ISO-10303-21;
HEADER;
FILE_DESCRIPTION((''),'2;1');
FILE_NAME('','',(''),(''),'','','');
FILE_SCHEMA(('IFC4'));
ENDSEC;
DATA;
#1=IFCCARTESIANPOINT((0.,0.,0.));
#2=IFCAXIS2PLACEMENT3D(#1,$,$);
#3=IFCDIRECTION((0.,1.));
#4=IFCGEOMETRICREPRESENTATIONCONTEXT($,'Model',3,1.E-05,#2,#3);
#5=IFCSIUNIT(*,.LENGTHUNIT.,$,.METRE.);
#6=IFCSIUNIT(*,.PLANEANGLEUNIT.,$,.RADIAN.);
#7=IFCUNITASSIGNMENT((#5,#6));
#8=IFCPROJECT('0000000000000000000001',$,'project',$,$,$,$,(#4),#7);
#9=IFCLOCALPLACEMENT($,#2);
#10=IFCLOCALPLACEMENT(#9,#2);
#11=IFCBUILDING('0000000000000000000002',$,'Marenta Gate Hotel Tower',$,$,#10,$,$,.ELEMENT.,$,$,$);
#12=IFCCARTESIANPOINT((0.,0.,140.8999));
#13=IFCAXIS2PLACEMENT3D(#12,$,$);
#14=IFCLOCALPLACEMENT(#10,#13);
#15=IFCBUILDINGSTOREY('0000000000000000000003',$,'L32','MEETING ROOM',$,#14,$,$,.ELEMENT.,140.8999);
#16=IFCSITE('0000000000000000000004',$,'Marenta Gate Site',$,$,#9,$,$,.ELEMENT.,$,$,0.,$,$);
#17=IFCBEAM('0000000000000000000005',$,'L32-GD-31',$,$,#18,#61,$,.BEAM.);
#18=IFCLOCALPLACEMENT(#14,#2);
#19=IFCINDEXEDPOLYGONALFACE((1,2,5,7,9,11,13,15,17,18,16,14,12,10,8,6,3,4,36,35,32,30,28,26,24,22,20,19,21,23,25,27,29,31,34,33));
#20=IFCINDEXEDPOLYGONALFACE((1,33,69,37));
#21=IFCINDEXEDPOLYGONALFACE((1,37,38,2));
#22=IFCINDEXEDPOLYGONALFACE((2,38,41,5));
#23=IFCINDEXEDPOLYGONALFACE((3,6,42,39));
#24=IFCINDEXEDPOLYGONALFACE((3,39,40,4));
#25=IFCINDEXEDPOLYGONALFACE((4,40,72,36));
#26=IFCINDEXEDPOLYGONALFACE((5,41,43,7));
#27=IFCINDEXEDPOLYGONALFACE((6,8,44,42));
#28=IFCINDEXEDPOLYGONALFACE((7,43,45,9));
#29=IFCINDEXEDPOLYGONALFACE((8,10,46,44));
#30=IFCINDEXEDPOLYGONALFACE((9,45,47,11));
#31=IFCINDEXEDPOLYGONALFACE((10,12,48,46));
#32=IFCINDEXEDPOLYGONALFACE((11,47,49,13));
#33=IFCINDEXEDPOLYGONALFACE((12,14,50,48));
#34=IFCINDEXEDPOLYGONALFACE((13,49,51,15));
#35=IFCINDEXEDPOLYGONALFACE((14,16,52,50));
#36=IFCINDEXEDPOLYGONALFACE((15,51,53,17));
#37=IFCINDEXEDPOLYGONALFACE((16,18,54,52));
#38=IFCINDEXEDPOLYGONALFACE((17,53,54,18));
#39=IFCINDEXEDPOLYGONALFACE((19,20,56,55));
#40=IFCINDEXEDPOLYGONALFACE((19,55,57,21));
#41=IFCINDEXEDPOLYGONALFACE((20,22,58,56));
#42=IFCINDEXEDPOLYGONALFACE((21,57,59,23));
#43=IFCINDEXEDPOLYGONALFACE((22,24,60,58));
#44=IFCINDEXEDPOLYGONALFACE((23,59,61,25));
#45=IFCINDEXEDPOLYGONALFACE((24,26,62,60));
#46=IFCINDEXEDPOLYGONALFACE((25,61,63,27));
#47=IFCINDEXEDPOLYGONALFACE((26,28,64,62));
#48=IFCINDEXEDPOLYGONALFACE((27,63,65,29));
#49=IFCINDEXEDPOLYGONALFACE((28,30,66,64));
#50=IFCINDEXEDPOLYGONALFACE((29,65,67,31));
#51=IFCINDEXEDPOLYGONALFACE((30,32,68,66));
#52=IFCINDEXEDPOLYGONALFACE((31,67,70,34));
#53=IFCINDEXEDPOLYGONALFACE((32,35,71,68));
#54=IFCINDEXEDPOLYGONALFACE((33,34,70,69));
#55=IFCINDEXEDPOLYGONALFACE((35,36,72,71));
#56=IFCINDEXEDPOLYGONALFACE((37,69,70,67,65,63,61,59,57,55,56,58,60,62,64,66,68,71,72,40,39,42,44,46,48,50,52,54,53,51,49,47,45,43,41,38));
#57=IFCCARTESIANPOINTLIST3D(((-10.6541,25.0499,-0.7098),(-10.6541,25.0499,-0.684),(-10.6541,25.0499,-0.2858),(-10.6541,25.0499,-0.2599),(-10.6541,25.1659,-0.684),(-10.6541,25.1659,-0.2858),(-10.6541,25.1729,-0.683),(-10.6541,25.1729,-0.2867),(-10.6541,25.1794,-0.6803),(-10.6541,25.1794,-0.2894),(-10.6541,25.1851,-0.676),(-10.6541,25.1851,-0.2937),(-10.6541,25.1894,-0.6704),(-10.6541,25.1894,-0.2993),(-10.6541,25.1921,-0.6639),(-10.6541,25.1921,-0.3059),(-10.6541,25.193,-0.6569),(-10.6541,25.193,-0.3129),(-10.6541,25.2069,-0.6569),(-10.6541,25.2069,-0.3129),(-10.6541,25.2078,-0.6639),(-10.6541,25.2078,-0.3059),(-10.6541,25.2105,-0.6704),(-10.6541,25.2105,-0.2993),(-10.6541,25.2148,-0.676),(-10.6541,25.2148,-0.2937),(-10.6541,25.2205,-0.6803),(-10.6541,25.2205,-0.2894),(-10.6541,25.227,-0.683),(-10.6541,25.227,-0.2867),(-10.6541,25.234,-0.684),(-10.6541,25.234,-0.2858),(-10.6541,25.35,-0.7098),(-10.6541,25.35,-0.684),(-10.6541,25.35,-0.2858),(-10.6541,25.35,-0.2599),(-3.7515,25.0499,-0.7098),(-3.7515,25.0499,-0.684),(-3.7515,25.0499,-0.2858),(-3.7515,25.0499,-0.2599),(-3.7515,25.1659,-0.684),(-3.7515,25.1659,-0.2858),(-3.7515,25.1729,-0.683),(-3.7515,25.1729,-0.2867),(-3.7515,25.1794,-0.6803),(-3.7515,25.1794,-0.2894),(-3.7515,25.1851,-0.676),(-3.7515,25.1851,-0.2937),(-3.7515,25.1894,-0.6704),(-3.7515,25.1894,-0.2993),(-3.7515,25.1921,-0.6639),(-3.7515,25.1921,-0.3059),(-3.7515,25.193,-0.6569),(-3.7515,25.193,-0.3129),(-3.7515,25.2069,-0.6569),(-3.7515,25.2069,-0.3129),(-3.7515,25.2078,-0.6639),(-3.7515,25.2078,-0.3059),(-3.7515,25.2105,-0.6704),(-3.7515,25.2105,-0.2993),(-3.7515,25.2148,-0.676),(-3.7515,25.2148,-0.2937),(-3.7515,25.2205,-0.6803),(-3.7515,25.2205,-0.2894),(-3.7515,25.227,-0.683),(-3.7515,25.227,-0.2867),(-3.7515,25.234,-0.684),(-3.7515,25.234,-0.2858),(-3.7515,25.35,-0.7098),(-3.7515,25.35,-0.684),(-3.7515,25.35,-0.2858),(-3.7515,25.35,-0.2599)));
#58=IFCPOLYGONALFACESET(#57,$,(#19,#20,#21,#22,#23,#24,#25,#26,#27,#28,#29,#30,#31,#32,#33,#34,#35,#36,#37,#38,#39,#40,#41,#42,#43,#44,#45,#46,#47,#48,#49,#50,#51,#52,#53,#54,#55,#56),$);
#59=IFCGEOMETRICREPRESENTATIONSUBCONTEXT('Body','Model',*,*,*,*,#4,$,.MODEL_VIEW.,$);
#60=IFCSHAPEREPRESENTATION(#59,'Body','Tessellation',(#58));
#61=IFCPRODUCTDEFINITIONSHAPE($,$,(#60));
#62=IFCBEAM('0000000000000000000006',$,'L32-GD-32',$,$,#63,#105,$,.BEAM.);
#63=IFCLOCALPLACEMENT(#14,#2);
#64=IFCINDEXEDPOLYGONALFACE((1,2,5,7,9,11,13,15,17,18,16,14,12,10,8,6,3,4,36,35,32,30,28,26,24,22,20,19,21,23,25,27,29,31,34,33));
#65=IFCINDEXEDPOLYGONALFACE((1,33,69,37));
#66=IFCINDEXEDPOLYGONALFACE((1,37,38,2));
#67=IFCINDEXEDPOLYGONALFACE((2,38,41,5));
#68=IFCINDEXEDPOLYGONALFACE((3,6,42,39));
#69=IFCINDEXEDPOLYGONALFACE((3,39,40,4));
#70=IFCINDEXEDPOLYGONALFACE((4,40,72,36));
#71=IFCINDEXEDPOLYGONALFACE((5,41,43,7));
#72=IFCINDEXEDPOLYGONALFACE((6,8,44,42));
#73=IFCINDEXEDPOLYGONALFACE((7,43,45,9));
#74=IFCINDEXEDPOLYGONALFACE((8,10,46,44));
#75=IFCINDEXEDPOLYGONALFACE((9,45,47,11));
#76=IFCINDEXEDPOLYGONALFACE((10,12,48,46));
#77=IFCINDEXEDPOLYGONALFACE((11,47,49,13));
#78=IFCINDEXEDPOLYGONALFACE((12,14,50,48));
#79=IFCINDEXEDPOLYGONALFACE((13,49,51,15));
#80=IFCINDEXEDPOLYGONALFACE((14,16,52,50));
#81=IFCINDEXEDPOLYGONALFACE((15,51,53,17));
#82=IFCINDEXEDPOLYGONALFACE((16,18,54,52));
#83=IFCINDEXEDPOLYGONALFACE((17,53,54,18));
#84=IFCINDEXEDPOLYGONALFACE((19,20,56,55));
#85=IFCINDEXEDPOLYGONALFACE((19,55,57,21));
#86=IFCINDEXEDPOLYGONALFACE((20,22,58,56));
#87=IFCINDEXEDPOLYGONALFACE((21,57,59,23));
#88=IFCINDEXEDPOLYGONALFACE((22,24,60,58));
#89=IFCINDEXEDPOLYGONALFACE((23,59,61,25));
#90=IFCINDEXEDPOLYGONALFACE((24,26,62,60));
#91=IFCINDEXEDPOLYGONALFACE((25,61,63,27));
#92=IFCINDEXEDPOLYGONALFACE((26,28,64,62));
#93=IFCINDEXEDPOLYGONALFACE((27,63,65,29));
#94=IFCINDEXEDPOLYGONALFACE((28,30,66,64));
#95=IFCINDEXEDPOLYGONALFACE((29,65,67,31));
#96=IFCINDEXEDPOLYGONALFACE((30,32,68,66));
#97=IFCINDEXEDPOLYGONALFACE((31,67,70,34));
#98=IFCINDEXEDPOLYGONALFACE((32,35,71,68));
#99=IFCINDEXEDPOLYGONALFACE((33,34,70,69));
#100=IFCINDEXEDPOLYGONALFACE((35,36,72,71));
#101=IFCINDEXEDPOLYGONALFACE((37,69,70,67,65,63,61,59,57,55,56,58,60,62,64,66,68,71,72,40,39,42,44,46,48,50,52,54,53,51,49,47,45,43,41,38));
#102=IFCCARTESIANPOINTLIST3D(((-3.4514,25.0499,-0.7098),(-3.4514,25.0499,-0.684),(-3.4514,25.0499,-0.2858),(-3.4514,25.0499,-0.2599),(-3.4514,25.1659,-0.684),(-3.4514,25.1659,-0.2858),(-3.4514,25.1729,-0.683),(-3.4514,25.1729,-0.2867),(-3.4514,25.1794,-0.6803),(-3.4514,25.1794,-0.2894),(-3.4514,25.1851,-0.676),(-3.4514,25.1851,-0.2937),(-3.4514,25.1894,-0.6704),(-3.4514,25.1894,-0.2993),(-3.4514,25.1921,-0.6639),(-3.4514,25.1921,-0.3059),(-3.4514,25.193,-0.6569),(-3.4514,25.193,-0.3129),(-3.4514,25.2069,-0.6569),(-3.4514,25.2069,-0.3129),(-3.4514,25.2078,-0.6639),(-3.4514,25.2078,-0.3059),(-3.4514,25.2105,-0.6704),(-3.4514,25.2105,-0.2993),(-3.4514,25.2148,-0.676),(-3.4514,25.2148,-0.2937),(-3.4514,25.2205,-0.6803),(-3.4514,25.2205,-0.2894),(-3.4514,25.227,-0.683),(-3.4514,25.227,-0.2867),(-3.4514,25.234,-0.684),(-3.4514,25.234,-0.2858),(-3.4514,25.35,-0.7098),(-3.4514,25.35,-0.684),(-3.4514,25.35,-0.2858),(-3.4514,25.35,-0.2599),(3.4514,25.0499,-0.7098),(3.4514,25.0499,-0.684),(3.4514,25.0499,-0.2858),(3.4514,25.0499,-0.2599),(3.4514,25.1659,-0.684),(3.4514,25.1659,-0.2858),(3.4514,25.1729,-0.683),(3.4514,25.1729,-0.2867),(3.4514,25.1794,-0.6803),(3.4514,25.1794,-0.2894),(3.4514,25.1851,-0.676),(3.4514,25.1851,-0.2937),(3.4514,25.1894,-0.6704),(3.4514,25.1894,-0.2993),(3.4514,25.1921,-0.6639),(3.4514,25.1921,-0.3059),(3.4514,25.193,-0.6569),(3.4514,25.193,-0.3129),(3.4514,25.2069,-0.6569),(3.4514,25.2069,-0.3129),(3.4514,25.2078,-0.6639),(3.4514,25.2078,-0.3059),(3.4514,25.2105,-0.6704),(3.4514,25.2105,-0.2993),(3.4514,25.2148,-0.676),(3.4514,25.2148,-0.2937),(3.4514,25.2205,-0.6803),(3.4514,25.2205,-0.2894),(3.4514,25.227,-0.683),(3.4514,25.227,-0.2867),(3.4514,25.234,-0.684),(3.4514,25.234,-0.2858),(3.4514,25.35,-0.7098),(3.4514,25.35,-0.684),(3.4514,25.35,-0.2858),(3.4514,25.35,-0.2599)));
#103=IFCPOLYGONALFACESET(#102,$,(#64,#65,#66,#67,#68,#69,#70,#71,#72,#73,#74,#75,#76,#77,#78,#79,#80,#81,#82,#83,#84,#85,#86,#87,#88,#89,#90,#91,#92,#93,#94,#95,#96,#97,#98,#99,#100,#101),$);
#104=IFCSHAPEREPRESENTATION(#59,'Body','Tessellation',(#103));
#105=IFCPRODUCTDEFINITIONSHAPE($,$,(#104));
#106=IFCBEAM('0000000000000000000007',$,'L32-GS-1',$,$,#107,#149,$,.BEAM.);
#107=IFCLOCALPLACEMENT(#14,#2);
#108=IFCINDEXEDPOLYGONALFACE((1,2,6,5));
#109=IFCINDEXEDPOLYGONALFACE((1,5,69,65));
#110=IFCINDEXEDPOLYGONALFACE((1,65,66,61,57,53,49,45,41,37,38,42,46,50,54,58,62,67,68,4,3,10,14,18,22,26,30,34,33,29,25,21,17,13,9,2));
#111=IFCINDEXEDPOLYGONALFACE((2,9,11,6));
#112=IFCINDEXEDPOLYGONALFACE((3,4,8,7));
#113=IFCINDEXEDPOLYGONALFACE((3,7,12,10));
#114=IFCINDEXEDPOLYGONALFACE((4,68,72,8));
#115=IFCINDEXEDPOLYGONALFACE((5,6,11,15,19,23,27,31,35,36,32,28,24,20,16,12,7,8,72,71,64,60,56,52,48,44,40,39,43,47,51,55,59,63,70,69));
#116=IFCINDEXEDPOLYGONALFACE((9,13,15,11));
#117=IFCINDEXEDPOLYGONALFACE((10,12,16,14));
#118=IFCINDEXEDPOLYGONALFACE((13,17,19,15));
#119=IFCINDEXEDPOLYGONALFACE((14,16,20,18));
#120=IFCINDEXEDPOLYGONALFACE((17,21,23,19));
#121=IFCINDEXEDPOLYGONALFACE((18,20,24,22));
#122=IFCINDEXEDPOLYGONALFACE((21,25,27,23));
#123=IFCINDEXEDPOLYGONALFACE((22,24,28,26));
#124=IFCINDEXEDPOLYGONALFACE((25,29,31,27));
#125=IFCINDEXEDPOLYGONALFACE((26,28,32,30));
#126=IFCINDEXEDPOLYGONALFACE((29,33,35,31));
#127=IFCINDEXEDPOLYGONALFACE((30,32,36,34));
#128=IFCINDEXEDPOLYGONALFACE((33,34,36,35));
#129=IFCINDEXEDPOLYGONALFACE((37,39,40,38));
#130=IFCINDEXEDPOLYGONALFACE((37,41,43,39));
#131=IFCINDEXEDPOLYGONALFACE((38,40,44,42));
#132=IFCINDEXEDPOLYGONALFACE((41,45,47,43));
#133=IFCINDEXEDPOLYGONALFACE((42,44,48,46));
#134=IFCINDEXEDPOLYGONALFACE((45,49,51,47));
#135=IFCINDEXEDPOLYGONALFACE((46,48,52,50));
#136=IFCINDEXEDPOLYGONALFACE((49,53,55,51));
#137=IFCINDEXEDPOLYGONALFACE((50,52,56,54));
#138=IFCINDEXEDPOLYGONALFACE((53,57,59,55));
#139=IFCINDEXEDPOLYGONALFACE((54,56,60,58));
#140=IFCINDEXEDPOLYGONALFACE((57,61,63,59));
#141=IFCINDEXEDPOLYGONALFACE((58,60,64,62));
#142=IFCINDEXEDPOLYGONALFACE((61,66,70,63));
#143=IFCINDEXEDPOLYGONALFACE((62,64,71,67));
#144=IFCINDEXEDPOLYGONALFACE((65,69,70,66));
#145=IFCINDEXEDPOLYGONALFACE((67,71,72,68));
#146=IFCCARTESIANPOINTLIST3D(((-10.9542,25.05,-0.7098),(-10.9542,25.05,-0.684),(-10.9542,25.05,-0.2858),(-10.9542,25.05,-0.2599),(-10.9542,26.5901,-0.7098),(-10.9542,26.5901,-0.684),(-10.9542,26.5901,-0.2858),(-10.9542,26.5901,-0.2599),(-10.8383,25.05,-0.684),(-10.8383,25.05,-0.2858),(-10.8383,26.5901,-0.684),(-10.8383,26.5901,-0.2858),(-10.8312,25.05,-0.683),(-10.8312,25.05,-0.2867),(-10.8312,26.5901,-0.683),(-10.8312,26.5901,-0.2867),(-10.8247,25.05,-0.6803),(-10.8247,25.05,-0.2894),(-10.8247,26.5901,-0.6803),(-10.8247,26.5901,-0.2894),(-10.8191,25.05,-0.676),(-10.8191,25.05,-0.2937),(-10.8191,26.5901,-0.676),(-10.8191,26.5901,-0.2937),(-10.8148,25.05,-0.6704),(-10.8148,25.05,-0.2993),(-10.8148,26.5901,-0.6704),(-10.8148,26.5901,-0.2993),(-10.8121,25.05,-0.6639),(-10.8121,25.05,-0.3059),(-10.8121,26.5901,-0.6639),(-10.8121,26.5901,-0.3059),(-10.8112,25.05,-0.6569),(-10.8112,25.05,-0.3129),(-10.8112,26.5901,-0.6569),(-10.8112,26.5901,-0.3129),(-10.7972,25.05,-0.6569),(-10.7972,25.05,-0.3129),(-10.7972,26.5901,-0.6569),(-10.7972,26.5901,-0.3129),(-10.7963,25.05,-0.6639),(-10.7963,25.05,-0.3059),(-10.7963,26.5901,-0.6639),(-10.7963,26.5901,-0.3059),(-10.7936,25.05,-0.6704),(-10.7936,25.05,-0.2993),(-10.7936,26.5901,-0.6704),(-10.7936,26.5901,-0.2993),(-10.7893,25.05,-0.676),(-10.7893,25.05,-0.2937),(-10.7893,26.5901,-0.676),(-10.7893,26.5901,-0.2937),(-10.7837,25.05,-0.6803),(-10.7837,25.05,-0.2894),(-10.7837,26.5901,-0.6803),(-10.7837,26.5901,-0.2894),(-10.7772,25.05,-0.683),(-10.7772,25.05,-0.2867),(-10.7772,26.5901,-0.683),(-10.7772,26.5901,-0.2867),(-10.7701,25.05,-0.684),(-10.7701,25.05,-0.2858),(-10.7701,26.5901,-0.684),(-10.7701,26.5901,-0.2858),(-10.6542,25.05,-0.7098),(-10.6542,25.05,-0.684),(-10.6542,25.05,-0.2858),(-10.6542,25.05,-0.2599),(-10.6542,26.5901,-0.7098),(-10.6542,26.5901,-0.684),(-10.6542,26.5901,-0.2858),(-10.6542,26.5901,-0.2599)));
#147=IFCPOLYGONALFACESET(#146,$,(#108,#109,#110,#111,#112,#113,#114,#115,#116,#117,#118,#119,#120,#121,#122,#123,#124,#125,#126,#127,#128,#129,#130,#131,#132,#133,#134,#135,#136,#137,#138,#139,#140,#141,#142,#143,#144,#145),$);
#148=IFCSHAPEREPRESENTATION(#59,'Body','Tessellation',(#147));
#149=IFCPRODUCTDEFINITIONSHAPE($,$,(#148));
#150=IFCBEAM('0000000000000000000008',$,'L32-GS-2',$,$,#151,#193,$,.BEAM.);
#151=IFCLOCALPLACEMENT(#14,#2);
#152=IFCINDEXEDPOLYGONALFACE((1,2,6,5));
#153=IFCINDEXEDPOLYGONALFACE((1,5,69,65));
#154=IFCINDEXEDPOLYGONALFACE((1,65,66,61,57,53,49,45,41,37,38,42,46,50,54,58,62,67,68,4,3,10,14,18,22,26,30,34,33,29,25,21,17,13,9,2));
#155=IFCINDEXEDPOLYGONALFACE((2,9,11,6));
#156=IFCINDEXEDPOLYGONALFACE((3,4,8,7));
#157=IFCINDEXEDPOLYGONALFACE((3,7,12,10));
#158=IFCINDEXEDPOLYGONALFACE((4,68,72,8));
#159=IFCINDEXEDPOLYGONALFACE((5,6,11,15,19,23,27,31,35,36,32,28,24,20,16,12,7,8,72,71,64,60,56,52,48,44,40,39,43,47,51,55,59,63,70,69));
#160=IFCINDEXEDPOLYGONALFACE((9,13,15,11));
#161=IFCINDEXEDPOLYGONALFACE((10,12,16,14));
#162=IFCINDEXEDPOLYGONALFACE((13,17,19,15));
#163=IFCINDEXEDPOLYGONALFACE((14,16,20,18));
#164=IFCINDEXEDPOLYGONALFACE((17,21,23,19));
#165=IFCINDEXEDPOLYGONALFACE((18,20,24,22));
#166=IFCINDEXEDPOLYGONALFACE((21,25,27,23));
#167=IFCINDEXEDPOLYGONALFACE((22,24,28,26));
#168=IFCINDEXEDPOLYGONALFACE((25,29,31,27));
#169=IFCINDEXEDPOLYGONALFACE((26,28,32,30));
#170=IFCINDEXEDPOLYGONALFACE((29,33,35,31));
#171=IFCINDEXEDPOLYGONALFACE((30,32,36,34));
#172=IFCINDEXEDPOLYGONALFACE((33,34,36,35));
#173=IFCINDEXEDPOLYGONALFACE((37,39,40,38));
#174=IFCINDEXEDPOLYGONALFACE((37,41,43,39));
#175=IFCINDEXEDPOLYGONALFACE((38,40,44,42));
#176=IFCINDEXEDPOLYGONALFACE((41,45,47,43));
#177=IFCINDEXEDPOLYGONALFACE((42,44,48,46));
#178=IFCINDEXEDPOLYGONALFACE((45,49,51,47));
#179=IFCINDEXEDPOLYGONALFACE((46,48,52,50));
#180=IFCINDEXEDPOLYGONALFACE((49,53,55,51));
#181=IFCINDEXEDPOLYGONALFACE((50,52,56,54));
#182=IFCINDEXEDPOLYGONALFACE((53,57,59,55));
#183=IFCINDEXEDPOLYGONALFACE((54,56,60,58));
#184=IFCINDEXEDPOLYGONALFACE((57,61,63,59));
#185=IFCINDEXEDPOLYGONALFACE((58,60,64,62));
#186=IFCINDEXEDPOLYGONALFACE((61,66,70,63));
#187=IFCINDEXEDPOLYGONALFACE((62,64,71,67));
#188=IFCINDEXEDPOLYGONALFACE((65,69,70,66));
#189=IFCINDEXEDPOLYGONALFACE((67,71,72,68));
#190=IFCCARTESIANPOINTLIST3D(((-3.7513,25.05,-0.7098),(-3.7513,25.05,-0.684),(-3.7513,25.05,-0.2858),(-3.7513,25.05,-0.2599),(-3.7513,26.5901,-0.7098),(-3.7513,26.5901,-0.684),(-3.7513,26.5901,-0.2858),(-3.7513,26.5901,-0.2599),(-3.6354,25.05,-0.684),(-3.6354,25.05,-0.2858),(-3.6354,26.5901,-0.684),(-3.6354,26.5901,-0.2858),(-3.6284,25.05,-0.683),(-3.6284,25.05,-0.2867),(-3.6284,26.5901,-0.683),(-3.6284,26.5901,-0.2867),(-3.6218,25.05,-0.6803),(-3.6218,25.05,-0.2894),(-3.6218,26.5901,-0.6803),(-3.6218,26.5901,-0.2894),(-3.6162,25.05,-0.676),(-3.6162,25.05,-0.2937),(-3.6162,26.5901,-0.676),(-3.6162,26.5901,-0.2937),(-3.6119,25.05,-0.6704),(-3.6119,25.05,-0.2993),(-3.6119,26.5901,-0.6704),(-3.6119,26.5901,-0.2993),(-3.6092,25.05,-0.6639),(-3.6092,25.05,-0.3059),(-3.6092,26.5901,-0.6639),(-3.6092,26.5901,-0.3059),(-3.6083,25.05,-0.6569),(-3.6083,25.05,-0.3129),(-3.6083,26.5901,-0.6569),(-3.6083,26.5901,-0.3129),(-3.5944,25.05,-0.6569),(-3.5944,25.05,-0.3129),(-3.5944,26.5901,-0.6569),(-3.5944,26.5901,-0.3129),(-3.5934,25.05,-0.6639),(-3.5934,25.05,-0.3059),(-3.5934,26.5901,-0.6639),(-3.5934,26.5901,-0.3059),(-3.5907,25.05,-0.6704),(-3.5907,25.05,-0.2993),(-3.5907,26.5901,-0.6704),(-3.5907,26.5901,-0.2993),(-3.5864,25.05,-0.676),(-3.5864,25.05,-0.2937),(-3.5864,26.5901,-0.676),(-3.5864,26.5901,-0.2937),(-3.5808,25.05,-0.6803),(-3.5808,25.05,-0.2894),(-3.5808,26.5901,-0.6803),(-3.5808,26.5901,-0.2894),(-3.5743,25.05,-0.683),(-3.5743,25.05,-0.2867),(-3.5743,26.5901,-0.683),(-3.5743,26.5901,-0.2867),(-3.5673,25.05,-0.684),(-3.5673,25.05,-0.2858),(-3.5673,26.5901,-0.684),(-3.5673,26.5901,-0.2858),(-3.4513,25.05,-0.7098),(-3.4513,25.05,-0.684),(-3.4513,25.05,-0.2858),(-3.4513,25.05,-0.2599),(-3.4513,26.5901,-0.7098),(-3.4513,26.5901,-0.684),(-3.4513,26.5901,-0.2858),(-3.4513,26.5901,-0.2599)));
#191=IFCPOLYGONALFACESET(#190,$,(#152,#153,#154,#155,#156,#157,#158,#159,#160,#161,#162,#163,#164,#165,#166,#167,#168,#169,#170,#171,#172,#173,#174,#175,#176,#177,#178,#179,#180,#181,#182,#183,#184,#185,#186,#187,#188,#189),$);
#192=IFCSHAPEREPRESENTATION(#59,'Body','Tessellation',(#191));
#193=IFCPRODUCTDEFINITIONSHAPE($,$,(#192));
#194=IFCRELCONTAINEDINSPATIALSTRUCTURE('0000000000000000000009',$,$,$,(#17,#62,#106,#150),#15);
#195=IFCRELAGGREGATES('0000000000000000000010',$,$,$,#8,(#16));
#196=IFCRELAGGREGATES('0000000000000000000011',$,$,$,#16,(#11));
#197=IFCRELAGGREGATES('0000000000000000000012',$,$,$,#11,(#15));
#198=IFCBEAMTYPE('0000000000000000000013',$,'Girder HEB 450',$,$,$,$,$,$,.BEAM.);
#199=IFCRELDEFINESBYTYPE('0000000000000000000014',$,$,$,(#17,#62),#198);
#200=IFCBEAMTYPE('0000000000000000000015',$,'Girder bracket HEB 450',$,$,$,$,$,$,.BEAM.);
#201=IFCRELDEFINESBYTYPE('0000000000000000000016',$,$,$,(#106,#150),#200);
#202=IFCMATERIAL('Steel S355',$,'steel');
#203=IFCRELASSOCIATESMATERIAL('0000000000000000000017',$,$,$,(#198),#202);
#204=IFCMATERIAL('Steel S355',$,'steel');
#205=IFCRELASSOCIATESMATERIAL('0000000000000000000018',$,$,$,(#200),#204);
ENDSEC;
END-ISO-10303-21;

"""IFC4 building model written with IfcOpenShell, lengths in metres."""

from ifc_helpers import new_model, si_unit, direction, frame, origin, origin_2d, place, context, subcontext, project, spatial, i_section, extrude, material, material_profile, profile_set, type_object, element, save


model = new_model("IFC4")

# Units and contexts
model_context = context("Model", 3, precision=1e-05, world=origin(), true_north=direction((0.0, 1.0)))
body_context = subcontext(model_context, "Body", "Model", "MODEL_VIEW")
ifc_project = project(units=[si_unit("LENGTHUNIT", "METRE"), si_unit("PLANEANGLEUNIT", "RADIAN")], contexts=[model_context])

# Site, building, storey
site_placement = place(None, origin())
site = spatial("IfcSite", under=ifc_project, at=site_placement, Name="Marenta Gate Site", CompositionType="ELEMENT", RefElevation=0.0)
building_placement = place(site_placement, origin())
building = spatial("IfcBuilding", under=site, at=building_placement, Name="Marenta Gate Hotel Tower", CompositionType="ELEMENT")
storey_placement = place(building_placement, frame((0.0, 0.0, 140.8999)))
storey = spatial("IfcBuildingStorey", under=building, at=storey_placement, Name="L32", Description="MEETING ROOM", CompositionType="ELEMENT", Elevation=140.8999)

# Beams
ifc_material_1 = material(Name="Steel S355", Category="steel")
ifc_material_profile_1 = material_profile(ifc_material_1, i_section(OverallWidth=0.3, OverallDepth=0.45, WebThickness=0.0139, FlangeThickness=0.0259, FilletRadius=0.0271, at=origin_2d()), Name="HEB 450")
ifc_profile_set_1 = profile_set([ifc_material_profile_1], Name="Steel S355")
beam_type_1 = type_object("IfcBeamType", Name="Girder HEB 450", PredefinedType="BEAM", material=ifc_profile_set_1)
beam_1_placement = place(storey_placement, frame((-10.6541, 25.2, -0.4849), z_axis=(1.0, 0.0, 0.0), x_axis=(0.0, 1.0, 0.0)))
element("IfcBeam", 1, at=beam_1_placement, inside=storey, type_object=beam_type_1, Name="L32-GD-31", PredefinedType="BEAM", context=body_context, shape_type="SweptSolid", body=[
    extrude(i_section(OverallWidth=0.3, OverallDepth=0.45, WebThickness=0.0139, FlangeThickness=0.0259, FilletRadius=0.0271, at=origin_2d()), origin(), (0.0, 0.0, 1.0), 6.9026),
])
beam_2_placement = place(storey_placement, frame((-3.4514, 25.2, -0.4849), z_axis=(1.0, 0.0, 0.0), x_axis=(0.0, 1.0, 0.0)))
element("IfcBeam", 2, at=beam_2_placement, inside=storey, type_object=beam_type_1, Name="L32-GD-32", PredefinedType="BEAM", context=body_context, shape_type="SweptSolid", body=[
    extrude(i_section(OverallWidth=0.3, OverallDepth=0.45, WebThickness=0.0139, FlangeThickness=0.0259, FilletRadius=0.0271, at=origin_2d()), origin(), (0.0, 0.0, 1.0), 6.9028),
])
ifc_material_2 = material(Name="Steel S355", Category="steel")
ifc_material_profile_2 = material_profile(ifc_material_2, i_section(OverallWidth=0.3, OverallDepth=0.45, WebThickness=0.0139, FlangeThickness=0.0259, FilletRadius=0.0271, at=origin_2d()), Name="HEB 450")
ifc_profile_set_2 = profile_set([ifc_material_profile_2], Name="Steel S355")
beam_type_2 = type_object("IfcBeamType", Name="Girder bracket HEB 450", PredefinedType="BEAM", material=ifc_profile_set_2)
for number, where, z_axis, x_axis, name in (
    (3, (-10.8042, 25.05, -0.4849), (0.0, 1.0, 0.0), (-1.0, 0.0, 0.0), "L32-GS-1"),
    (4, (-3.6013, 25.05, -0.4849), (0.0, 1.0, 0.0), (-1.0, 0.0, 0.0), "L32-GS-2"),
):
    element("IfcBeam", number, at=place(storey_placement, frame(where, z_axis=z_axis, x_axis=x_axis)), inside=storey, type_object=beam_type_2, Name=name, PredefinedType="BEAM", context=body_context, shape_type="SweptSolid", body=[
        extrude(i_section(OverallWidth=0.3, OverallDepth=0.45, WebThickness=0.0139, FlangeThickness=0.0259, FilletRadius=0.0271, at=origin_2d()), origin(), (0.0, 0.0, 1.0), 1.54),
    ])

save(model, "model.ifc")
